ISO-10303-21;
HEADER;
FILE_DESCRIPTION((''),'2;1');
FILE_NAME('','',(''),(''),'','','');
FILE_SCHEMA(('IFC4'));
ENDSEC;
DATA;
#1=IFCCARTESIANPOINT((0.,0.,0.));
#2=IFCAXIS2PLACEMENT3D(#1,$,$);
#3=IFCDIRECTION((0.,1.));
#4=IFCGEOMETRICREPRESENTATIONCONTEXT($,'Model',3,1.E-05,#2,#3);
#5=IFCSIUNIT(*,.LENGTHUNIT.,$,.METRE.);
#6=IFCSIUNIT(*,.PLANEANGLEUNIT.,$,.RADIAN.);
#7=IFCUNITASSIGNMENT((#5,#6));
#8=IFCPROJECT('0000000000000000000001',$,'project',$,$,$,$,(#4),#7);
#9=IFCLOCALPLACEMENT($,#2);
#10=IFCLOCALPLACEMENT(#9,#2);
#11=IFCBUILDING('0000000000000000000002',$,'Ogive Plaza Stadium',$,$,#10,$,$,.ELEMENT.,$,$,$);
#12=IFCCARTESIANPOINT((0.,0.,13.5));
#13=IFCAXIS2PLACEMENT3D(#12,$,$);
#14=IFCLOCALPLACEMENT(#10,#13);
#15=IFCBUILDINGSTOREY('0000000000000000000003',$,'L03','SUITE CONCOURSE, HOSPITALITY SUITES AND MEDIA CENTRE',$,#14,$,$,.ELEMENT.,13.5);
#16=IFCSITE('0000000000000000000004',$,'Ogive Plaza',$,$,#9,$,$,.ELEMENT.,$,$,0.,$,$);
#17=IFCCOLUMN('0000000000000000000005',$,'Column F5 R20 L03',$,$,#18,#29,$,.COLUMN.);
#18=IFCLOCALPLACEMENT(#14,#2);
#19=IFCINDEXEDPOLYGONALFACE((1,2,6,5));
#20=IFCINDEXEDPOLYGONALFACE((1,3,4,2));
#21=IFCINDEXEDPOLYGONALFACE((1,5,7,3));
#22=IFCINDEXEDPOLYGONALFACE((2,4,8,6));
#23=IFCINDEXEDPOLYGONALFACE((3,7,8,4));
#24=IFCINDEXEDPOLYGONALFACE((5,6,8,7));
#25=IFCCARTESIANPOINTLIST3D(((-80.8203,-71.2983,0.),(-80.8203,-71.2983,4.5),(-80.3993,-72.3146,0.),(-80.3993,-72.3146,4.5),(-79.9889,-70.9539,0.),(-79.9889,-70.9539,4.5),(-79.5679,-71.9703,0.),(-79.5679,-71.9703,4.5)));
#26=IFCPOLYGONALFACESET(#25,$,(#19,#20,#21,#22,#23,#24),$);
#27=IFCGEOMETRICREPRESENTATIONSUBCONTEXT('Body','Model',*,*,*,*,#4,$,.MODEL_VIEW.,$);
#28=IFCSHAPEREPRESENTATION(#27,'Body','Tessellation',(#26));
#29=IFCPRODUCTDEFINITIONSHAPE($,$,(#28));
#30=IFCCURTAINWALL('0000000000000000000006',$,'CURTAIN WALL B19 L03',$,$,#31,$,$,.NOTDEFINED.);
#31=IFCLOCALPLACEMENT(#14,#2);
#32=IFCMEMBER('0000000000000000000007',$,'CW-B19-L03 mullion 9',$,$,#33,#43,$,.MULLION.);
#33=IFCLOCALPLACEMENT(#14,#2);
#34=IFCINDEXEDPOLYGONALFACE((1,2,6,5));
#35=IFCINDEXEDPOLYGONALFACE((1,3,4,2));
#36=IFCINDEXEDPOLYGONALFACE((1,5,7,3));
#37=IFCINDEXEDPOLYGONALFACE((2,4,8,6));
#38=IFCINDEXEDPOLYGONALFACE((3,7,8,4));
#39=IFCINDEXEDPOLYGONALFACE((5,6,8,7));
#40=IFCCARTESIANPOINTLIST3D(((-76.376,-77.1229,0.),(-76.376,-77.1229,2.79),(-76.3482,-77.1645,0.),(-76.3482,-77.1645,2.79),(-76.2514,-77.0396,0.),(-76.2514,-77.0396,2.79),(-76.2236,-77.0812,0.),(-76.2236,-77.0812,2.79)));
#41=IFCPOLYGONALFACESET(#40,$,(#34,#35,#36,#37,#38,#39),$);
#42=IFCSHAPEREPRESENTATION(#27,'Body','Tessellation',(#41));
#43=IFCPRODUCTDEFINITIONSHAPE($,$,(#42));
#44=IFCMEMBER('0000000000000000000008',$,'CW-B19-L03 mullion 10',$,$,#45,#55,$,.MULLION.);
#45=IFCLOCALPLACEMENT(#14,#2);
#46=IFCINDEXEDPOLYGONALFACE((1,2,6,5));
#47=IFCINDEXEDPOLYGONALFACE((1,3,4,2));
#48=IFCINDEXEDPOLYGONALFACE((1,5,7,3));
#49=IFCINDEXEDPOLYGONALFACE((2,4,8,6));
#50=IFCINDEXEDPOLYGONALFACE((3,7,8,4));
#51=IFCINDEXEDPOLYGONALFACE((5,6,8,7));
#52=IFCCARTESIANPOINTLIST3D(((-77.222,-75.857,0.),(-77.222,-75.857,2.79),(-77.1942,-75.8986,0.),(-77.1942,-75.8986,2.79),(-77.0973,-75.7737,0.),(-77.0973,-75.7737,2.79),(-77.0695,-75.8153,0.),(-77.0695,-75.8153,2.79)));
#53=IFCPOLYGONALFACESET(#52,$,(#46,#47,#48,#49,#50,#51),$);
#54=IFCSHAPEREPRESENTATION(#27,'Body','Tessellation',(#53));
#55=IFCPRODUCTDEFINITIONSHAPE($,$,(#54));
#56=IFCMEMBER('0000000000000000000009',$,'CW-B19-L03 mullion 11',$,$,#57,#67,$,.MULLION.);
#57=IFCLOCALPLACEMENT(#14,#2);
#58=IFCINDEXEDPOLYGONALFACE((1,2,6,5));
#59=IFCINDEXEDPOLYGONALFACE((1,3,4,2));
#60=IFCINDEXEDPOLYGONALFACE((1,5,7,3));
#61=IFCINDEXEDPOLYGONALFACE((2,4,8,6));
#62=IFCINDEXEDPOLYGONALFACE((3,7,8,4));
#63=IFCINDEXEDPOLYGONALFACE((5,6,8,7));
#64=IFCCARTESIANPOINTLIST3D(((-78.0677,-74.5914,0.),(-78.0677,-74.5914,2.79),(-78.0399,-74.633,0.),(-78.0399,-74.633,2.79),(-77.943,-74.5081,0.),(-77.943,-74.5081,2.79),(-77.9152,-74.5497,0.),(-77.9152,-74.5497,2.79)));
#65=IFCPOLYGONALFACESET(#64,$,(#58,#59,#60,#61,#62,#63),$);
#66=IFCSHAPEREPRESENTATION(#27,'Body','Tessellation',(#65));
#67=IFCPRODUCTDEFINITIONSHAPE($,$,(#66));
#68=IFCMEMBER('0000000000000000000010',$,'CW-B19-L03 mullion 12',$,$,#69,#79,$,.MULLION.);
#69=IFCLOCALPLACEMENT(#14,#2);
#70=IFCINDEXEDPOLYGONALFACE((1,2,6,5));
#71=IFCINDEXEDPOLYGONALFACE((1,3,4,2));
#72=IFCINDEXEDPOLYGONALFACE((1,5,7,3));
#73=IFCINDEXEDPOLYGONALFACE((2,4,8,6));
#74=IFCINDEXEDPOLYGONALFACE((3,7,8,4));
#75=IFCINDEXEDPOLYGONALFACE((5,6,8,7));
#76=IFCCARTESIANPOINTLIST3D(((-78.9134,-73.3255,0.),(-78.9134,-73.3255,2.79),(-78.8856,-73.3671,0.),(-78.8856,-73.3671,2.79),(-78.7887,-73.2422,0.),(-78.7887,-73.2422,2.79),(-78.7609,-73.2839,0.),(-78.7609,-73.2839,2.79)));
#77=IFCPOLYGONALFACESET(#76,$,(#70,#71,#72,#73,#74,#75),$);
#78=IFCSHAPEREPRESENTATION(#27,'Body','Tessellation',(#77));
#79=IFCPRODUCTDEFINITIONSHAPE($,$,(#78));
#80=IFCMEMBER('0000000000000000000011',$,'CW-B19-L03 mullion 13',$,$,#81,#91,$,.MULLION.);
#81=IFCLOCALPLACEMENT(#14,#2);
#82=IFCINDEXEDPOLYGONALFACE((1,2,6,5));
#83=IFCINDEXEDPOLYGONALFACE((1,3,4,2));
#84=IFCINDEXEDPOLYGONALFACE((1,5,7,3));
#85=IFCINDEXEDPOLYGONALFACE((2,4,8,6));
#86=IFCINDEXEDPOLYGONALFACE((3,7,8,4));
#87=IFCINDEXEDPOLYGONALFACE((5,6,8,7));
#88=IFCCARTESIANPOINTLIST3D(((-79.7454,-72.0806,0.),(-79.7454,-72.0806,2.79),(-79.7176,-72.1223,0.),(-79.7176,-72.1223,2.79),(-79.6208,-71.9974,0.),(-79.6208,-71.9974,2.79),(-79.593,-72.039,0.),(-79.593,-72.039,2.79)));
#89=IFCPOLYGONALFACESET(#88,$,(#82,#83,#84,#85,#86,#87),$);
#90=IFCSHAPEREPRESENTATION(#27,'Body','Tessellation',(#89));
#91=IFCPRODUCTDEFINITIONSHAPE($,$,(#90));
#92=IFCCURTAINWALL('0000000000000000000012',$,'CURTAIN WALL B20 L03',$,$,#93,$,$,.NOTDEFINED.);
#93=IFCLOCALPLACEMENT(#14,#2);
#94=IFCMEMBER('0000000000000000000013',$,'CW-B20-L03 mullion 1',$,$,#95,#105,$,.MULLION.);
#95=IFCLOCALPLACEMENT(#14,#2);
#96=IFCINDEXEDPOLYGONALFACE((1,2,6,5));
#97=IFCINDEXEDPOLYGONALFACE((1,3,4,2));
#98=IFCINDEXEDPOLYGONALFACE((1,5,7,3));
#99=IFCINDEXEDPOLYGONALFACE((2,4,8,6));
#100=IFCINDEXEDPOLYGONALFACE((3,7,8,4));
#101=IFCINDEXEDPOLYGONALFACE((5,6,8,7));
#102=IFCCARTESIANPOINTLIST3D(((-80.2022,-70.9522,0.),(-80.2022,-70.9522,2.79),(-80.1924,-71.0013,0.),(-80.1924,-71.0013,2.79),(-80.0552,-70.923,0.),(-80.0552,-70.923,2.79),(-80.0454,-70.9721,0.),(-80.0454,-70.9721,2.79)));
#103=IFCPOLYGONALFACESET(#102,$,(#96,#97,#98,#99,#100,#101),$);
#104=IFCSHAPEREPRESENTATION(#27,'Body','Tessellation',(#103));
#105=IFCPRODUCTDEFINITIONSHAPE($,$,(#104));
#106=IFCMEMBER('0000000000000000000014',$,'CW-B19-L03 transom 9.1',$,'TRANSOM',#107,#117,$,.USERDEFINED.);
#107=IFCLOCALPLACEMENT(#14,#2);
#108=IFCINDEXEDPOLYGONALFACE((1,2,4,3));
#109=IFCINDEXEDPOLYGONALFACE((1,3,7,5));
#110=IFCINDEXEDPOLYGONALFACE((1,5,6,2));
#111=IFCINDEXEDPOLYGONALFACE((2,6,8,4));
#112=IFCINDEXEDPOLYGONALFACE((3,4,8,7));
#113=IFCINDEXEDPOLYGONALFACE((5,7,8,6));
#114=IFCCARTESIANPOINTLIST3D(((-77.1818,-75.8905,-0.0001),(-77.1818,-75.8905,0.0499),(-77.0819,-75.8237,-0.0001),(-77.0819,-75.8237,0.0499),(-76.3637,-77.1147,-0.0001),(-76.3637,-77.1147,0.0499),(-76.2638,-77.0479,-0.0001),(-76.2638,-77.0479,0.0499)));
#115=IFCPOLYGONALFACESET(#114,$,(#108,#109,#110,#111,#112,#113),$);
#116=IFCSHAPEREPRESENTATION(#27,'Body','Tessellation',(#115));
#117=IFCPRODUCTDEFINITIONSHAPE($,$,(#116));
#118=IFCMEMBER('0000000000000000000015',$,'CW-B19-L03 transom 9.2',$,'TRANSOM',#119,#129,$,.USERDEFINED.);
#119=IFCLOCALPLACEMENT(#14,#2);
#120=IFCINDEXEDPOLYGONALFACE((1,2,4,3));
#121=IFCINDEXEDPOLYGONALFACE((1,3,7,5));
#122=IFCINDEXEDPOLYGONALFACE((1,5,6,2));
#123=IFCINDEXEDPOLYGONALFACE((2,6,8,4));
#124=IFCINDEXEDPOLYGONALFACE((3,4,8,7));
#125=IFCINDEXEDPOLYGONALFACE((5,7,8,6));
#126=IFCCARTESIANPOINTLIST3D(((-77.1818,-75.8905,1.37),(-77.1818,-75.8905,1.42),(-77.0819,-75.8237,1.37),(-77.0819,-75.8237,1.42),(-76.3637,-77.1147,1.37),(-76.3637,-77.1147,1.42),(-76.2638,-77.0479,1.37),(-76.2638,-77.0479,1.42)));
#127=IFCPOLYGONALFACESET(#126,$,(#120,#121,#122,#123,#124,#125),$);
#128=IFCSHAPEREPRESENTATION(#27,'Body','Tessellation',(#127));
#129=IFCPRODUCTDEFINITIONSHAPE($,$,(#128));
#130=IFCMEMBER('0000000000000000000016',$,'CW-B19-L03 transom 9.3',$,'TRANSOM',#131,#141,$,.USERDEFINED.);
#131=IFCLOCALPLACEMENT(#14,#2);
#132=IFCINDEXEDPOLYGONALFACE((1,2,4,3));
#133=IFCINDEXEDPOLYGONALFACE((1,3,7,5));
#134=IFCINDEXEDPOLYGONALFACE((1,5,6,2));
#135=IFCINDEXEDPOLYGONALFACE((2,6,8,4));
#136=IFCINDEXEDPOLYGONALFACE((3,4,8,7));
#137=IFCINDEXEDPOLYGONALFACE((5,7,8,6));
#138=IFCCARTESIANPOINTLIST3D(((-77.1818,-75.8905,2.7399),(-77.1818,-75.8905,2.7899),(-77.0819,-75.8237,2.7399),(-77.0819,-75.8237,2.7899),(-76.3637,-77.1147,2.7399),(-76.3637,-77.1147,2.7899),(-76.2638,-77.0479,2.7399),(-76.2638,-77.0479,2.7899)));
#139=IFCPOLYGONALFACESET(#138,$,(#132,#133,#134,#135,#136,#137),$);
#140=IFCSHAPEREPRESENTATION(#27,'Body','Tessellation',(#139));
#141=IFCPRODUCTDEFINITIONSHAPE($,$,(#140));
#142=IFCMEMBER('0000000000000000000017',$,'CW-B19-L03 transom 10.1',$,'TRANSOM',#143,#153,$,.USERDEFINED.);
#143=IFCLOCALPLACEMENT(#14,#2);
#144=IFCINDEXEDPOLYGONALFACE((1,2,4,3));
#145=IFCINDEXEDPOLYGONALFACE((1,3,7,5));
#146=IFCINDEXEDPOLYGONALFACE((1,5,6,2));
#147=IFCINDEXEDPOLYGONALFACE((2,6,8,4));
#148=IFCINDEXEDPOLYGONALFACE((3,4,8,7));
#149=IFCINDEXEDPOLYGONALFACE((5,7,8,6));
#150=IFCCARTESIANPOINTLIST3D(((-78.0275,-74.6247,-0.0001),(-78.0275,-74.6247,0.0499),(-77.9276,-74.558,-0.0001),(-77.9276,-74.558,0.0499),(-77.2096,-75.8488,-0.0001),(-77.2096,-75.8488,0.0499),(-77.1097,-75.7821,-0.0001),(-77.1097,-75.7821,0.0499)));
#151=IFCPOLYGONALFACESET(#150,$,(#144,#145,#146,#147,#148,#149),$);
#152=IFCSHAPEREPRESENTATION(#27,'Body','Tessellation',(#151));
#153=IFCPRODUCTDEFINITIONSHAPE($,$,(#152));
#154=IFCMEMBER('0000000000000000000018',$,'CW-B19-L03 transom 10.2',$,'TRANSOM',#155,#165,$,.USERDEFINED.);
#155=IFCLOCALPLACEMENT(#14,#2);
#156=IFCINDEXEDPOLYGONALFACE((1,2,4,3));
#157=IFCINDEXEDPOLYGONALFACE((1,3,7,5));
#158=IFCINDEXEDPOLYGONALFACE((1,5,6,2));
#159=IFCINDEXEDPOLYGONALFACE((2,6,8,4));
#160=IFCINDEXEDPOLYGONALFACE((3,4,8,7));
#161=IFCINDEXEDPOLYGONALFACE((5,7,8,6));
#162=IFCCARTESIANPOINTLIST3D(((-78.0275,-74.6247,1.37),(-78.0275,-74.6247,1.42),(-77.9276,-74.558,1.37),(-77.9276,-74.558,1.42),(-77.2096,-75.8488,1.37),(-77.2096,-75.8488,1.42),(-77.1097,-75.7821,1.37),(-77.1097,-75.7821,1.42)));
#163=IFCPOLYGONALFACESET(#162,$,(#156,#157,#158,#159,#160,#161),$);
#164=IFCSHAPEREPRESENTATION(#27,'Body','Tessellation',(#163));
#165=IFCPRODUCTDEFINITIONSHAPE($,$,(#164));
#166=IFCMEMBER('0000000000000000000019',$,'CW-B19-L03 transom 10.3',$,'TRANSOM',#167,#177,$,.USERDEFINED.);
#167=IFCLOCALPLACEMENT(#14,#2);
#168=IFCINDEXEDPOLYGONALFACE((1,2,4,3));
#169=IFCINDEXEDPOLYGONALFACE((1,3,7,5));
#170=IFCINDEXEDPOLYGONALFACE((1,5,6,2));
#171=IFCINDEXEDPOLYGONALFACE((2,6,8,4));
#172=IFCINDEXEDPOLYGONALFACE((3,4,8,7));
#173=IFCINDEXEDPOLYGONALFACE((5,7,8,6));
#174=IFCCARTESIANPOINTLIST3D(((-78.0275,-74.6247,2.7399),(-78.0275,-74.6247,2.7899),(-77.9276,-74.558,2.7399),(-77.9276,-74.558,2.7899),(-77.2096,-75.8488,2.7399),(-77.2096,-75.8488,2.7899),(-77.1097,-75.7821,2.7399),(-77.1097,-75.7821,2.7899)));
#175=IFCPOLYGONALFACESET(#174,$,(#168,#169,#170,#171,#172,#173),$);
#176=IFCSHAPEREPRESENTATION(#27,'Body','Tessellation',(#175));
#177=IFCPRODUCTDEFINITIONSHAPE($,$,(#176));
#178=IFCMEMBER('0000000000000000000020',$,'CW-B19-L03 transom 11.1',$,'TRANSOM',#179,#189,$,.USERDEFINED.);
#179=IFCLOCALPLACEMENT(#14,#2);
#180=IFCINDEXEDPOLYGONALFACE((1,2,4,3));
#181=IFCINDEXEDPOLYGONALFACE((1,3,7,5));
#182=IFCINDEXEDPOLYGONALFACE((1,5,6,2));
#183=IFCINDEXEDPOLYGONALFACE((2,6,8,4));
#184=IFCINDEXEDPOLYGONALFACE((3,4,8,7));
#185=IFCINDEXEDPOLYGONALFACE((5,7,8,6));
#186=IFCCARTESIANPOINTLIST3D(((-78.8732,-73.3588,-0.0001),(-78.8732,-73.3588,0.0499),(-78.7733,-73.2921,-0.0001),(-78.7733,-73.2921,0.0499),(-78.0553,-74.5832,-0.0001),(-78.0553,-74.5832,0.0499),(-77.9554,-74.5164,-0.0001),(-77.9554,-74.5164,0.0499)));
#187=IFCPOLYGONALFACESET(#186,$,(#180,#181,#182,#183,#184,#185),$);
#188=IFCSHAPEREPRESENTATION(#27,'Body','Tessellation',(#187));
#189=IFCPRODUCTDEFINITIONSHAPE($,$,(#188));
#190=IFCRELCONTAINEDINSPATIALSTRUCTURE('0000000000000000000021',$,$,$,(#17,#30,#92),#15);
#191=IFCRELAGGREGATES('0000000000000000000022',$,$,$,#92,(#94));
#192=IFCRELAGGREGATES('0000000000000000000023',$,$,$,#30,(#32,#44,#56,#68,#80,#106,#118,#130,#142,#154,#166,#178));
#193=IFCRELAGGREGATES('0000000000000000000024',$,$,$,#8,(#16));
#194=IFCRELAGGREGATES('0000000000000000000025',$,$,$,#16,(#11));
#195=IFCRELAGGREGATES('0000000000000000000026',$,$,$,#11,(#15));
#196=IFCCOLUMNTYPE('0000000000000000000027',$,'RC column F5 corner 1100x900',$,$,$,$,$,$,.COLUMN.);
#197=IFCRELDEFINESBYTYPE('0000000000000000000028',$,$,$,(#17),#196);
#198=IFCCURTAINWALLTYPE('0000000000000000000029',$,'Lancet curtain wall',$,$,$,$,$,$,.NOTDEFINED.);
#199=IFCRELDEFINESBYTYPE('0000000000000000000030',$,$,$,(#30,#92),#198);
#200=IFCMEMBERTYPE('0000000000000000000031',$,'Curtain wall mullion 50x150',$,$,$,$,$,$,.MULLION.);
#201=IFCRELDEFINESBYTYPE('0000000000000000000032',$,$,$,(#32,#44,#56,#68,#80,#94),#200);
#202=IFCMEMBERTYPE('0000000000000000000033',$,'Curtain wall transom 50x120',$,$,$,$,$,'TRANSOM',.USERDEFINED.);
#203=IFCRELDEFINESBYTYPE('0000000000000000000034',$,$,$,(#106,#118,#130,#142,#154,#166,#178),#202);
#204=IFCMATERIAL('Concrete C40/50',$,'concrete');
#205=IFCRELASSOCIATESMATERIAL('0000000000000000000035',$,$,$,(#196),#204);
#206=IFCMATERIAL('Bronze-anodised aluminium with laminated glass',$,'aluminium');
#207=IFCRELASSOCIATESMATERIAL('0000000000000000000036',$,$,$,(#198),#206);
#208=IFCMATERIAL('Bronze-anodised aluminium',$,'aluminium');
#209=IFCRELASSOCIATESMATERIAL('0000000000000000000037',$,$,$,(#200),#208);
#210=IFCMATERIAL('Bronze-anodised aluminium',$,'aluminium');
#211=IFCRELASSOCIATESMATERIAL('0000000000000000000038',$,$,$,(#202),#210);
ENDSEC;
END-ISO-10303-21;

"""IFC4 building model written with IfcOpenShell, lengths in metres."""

from ifc_helpers import new_model, si_unit, direction, frame, origin, origin_2d, place, context, subcontext, project, spatial, rectangle, extrude, material, material_profile, profile_set, type_object, element, aggregate, save


model = new_model("IFC4")

# Units and contexts
model_context = context("Model", 3, precision=1e-05, world=origin(), true_north=direction((0.0, 1.0)))
body_context = subcontext(model_context, "Body", "Model", "MODEL_VIEW")
ifc_project = project(units=[si_unit("LENGTHUNIT", "METRE"), si_unit("PLANEANGLEUNIT", "RADIAN")], contexts=[model_context])

# Site, building, storey
site_placement = place(None, origin())
site = spatial("IfcSite", under=ifc_project, at=site_placement, Name="Ogive Plaza", CompositionType="ELEMENT", RefElevation=0.0)
building_placement = place(site_placement, origin())
building = spatial("IfcBuilding", under=site, at=building_placement, Name="Ogive Plaza Stadium", CompositionType="ELEMENT")
storey_placement = place(building_placement, frame((0.0, 0.0, 13.5)))
storey = spatial("IfcBuildingStorey", under=building, at=storey_placement, Name="L03", Description="SUITE CONCOURSE, HOSPITALITY SUITES AND MEDIA CENTRE", CompositionType="ELEMENT", Elevation=13.5)

# Column
ifc_material_1 = material(Name="Concrete C40/50", Category="concrete")
ifc_material_profile_1 = material_profile(ifc_material_1, rectangle(XDim=1.1001, YDim=0.8999, at=origin_2d()), Name="RC 1100x900")
ifc_profile_set_1 = profile_set([ifc_material_profile_1], Name="Concrete C40/50")
column_type = type_object("IfcColumnType", Name="RC column F5 corner 1100x900", PredefinedType="COLUMN", material=ifc_profile_set_1)
column_placement = place(storey_placement, frame((-80.1941, -71.6343, 0.0), z_axis=(0.0, 0.0, 1.0), x_axis=(0.382683, -0.92388, 0.0)))
element("IfcColumn", 1, at=column_placement, inside=storey, type_object=column_type, Name="Column F5 R20 L03", PredefinedType="COLUMN", context=body_context, shape_type="SweptSolid", body=[
    extrude(rectangle(XDim=1.1001, YDim=0.8999, at=origin_2d()), origin(), (0.0, 0.0, 1.0), 4.5),
])

# Curtain wall, members
ifc_material_2 = material(Name="Bronze-anodised aluminium with laminated glass", Category="aluminium")
curtain_wall_type = type_object("IfcCurtainWallType", Name="Lancet curtain wall", PredefinedType="NOTDEFINED", material=ifc_material_2)
curtain_wall_1_placement = place(storey_placement, origin())
curtain_wall_1 = element("IfcCurtainWall", 2, at=curtain_wall_1_placement, inside=storey, type_object=curtain_wall_type, Name="CURTAIN WALL B19 L03", PredefinedType="NOTDEFINED")
ifc_material_3 = material(Name="Bronze-anodised aluminium", Category="aluminium")
ifc_material_profile_2 = material_profile(ifc_material_3, rectangle(XDim=0.1499, YDim=0.05, at=origin_2d()), Name="AL 150x50")
ifc_profile_set_2 = profile_set([ifc_material_profile_2], Name="Bronze-anodised aluminium")
member_type_1 = type_object("IfcMemberType", Name="Curtain wall mullion 50x150", PredefinedType="MULLION", material=ifc_profile_set_2)
member_1_placement = place(storey_placement, frame((-76.2998, -77.1021, 0.0), z_axis=(0.0, 0.0, 1.0), x_axis=(-0.83147, -0.55557, 0.0)))
member_1 = element("IfcMember", 3, at=member_1_placement, type_object=member_type_1, Name="CW-B19-L03 mullion 9", PredefinedType="MULLION", context=body_context, shape_type="SweptSolid", body=[
    extrude(rectangle(XDim=0.1499, YDim=0.05, at=origin_2d()), origin(), (0.0, 0.0, 1.0), 2.79),
])
member_2_placement = place(storey_placement, frame((-77.1458, -75.8362, 0.0), z_axis=(0.0, 0.0, 1.0), x_axis=(-0.83147, -0.55557, 0.0)))
member_2 = element("IfcMember", 4, at=member_2_placement, type_object=member_type_1, Name="CW-B19-L03 mullion 10", PredefinedType="MULLION", context=body_context, shape_type="SweptSolid", body=[
    extrude(rectangle(XDim=0.1499, YDim=0.05, at=origin_2d()), origin(), (0.0, 0.0, 1.0), 2.79),
])
member_3_placement = place(storey_placement, frame((-77.9915, -74.5706, 0.0), z_axis=(0.0, 0.0, 1.0), x_axis=(-0.83147, -0.55557, 0.0)))
member_3 = element("IfcMember", 5, at=member_3_placement, type_object=member_type_1, Name="CW-B19-L03 mullion 11", PredefinedType="MULLION", context=body_context, shape_type="SweptSolid", body=[
    extrude(rectangle(XDim=0.1499, YDim=0.05, at=origin_2d()), origin(), (0.0, 0.0, 1.0), 2.79),
])
member_4_placement = place(storey_placement, frame((-78.8372, -73.3047, 0.0), z_axis=(0.0, 0.0, 1.0), x_axis=(-0.83147, -0.55557, 0.0)))
member_4 = element("IfcMember", 6, at=member_4_placement, type_object=member_type_1, Name="CW-B19-L03 mullion 12", PredefinedType="MULLION", context=body_context, shape_type="SweptSolid", body=[
    extrude(rectangle(XDim=0.1499, YDim=0.05, at=origin_2d()), origin(), (0.0, 0.0, 1.0), 2.79),
])
member_5_placement = place(storey_placement, frame((-79.6692, -72.0598, 0.0), z_axis=(0.0, 0.0, 1.0), x_axis=(-0.83147, -0.55557, 0.0)))
member_5 = element("IfcMember", 7, at=member_5_placement, type_object=member_type_1, Name="CW-B19-L03 mullion 13", PredefinedType="MULLION", context=body_context, shape_type="SweptSolid", body=[
    extrude(rectangle(XDim=0.1499, YDim=0.05, at=origin_2d()), origin(), (0.0, 0.0, 1.0), 2.79),
])

# Curtain wall, member
curtain_wall_2_placement = place(storey_placement, origin())
curtain_wall_2 = element("IfcCurtainWall", 8, at=curtain_wall_2_placement, inside=storey, type_object=curtain_wall_type, Name="CURTAIN WALL B20 L03", PredefinedType="NOTDEFINED")
member_6_placement = place(storey_placement, frame((-80.1238, -70.9622, 0.0), z_axis=(0.0, 0.0, 1.0), x_axis=(-0.980785, -0.19509, 0.0)))
member_6 = element("IfcMember", 9, at=member_6_placement, type_object=member_type_1, Name="CW-B20-L03 mullion 1", PredefinedType="MULLION", context=body_context, shape_type="SweptSolid", body=[
    extrude(rectangle(XDim=0.1499, YDim=0.05, at=origin_2d()), origin(), (0.0, 0.0, 1.0), 2.79),
])

# Members
ifc_material_4 = material(Name="Bronze-anodised aluminium", Category="aluminium")
ifc_material_profile_3 = material_profile(ifc_material_4, rectangle(XDim=0.1201, YDim=0.05, at=origin_2d()), Name="AL 120x50")
ifc_profile_set_3 = profile_set([ifc_material_profile_3], Name="Bronze-anodised aluminium")
member_type_2 = type_object("IfcMemberType", Name="Curtain wall transom 50x120", ElementType="TRANSOM", PredefinedType="USERDEFINED", material=ifc_profile_set_3)
member_7_placement = place(storey_placement, frame((-76.3137, -77.0813, 0.0249), z_axis=(-0.555656, 0.831412, 0.0), x_axis=(-0.831412, -0.555656, 0.0)))
member_7 = element("IfcMember", 10, at=member_7_placement, type_object=member_type_2, Name="CW-B19-L03 transom 9.1", ObjectType="TRANSOM", PredefinedType="USERDEFINED", context=body_context, shape_type="SweptSolid", body=[
    extrude(rectangle(XDim=0.1201, YDim=0.05, at=origin_2d()), origin(), (0.0, 0.0, 1.0), 1.4724),
])
member_8_placement = place(storey_placement, frame((-76.3137, -77.0813, 1.395), z_axis=(-0.555656, 0.831412, 0.0), x_axis=(-0.831412, -0.555656, 0.0)))
member_8 = element("IfcMember", 11, at=member_8_placement, type_object=member_type_2, Name="CW-B19-L03 transom 9.2", ObjectType="TRANSOM", PredefinedType="USERDEFINED", context=body_context, shape_type="SweptSolid", body=[
    extrude(rectangle(XDim=0.1201, YDim=0.05, at=origin_2d()), origin(), (0.0, 0.0, 1.0), 1.4724),
])
member_9_placement = place(storey_placement, frame((-76.3137, -77.0813, 2.7649), z_axis=(-0.555656, 0.831412, 0.0), x_axis=(-0.831412, -0.555656, 0.0)))
member_9 = element("IfcMember", 12, at=member_9_placement, type_object=member_type_2, Name="CW-B19-L03 transom 9.3", ObjectType="TRANSOM", PredefinedType="USERDEFINED", context=body_context, shape_type="SweptSolid", body=[
    extrude(rectangle(XDim=0.1201, YDim=0.05, at=origin_2d()), origin(), (0.0, 0.0, 1.0), 1.4724),
])
member_10_placement = place(storey_placement, frame((-77.1597, -75.8154, 0.0249), z_axis=(-0.555542, 0.831489, 0.0), x_axis=(-0.831489, -0.555542, 0.0)))
member_10 = element("IfcMember", 13, at=member_10_placement, type_object=member_type_2, Name="CW-B19-L03 transom 10.1", ObjectType="TRANSOM", PredefinedType="USERDEFINED", context=body_context, shape_type="SweptSolid", body=[
    extrude(rectangle(XDim=0.1201, YDim=0.05, at=origin_2d()), origin(), (0.0, 0.0, 1.0), 1.4722),
])
member_11_placement = place(storey_placement, frame((-77.1597, -75.8154, 1.395), z_axis=(-0.555542, 0.831489, 0.0), x_axis=(-0.831489, -0.555542, 0.0)))
member_11 = element("IfcMember", 14, at=member_11_placement, type_object=member_type_2, Name="CW-B19-L03 transom 10.2", ObjectType="TRANSOM", PredefinedType="USERDEFINED", context=body_context, shape_type="SweptSolid", body=[
    extrude(rectangle(XDim=0.1201, YDim=0.05, at=origin_2d()), origin(), (0.0, 0.0, 1.0), 1.4722),
])
member_12_placement = place(storey_placement, frame((-77.1597, -75.8154, 2.7649), z_axis=(-0.555542, 0.831489, 0.0), x_axis=(-0.831489, -0.555542, 0.0)))
member_12 = element("IfcMember", 15, at=member_12_placement, type_object=member_type_2, Name="CW-B19-L03 transom 10.3", ObjectType="TRANSOM", PredefinedType="USERDEFINED", context=body_context, shape_type="SweptSolid", body=[
    extrude(rectangle(XDim=0.1201, YDim=0.05, at=origin_2d()), origin(), (0.0, 0.0, 1.0), 1.4722),
])
member_13_placement = place(storey_placement, frame((-78.0054, -74.5498, 0.0249), z_axis=(-0.555465, 0.83154, 0.0), x_axis=(-0.83154, -0.555465, 0.0)))
member_13 = element("IfcMember", 16, at=member_13_placement, type_object=member_type_2, Name="CW-B19-L03 transom 11.1", ObjectType="TRANSOM", PredefinedType="USERDEFINED", context=body_context, shape_type="SweptSolid", body=[
    extrude(rectangle(XDim=0.1201, YDim=0.05, at=origin_2d()), origin(), (0.0, 0.0, 1.0), 1.4724),
])
aggregate(curtain_wall_2, [member_6])

aggregate(curtain_wall_1, [member_1, member_2, member_3, member_4, member_5, member_7, member_8, member_9, member_10, member_11, member_12, member_13])

save(model, "model.ifc")
